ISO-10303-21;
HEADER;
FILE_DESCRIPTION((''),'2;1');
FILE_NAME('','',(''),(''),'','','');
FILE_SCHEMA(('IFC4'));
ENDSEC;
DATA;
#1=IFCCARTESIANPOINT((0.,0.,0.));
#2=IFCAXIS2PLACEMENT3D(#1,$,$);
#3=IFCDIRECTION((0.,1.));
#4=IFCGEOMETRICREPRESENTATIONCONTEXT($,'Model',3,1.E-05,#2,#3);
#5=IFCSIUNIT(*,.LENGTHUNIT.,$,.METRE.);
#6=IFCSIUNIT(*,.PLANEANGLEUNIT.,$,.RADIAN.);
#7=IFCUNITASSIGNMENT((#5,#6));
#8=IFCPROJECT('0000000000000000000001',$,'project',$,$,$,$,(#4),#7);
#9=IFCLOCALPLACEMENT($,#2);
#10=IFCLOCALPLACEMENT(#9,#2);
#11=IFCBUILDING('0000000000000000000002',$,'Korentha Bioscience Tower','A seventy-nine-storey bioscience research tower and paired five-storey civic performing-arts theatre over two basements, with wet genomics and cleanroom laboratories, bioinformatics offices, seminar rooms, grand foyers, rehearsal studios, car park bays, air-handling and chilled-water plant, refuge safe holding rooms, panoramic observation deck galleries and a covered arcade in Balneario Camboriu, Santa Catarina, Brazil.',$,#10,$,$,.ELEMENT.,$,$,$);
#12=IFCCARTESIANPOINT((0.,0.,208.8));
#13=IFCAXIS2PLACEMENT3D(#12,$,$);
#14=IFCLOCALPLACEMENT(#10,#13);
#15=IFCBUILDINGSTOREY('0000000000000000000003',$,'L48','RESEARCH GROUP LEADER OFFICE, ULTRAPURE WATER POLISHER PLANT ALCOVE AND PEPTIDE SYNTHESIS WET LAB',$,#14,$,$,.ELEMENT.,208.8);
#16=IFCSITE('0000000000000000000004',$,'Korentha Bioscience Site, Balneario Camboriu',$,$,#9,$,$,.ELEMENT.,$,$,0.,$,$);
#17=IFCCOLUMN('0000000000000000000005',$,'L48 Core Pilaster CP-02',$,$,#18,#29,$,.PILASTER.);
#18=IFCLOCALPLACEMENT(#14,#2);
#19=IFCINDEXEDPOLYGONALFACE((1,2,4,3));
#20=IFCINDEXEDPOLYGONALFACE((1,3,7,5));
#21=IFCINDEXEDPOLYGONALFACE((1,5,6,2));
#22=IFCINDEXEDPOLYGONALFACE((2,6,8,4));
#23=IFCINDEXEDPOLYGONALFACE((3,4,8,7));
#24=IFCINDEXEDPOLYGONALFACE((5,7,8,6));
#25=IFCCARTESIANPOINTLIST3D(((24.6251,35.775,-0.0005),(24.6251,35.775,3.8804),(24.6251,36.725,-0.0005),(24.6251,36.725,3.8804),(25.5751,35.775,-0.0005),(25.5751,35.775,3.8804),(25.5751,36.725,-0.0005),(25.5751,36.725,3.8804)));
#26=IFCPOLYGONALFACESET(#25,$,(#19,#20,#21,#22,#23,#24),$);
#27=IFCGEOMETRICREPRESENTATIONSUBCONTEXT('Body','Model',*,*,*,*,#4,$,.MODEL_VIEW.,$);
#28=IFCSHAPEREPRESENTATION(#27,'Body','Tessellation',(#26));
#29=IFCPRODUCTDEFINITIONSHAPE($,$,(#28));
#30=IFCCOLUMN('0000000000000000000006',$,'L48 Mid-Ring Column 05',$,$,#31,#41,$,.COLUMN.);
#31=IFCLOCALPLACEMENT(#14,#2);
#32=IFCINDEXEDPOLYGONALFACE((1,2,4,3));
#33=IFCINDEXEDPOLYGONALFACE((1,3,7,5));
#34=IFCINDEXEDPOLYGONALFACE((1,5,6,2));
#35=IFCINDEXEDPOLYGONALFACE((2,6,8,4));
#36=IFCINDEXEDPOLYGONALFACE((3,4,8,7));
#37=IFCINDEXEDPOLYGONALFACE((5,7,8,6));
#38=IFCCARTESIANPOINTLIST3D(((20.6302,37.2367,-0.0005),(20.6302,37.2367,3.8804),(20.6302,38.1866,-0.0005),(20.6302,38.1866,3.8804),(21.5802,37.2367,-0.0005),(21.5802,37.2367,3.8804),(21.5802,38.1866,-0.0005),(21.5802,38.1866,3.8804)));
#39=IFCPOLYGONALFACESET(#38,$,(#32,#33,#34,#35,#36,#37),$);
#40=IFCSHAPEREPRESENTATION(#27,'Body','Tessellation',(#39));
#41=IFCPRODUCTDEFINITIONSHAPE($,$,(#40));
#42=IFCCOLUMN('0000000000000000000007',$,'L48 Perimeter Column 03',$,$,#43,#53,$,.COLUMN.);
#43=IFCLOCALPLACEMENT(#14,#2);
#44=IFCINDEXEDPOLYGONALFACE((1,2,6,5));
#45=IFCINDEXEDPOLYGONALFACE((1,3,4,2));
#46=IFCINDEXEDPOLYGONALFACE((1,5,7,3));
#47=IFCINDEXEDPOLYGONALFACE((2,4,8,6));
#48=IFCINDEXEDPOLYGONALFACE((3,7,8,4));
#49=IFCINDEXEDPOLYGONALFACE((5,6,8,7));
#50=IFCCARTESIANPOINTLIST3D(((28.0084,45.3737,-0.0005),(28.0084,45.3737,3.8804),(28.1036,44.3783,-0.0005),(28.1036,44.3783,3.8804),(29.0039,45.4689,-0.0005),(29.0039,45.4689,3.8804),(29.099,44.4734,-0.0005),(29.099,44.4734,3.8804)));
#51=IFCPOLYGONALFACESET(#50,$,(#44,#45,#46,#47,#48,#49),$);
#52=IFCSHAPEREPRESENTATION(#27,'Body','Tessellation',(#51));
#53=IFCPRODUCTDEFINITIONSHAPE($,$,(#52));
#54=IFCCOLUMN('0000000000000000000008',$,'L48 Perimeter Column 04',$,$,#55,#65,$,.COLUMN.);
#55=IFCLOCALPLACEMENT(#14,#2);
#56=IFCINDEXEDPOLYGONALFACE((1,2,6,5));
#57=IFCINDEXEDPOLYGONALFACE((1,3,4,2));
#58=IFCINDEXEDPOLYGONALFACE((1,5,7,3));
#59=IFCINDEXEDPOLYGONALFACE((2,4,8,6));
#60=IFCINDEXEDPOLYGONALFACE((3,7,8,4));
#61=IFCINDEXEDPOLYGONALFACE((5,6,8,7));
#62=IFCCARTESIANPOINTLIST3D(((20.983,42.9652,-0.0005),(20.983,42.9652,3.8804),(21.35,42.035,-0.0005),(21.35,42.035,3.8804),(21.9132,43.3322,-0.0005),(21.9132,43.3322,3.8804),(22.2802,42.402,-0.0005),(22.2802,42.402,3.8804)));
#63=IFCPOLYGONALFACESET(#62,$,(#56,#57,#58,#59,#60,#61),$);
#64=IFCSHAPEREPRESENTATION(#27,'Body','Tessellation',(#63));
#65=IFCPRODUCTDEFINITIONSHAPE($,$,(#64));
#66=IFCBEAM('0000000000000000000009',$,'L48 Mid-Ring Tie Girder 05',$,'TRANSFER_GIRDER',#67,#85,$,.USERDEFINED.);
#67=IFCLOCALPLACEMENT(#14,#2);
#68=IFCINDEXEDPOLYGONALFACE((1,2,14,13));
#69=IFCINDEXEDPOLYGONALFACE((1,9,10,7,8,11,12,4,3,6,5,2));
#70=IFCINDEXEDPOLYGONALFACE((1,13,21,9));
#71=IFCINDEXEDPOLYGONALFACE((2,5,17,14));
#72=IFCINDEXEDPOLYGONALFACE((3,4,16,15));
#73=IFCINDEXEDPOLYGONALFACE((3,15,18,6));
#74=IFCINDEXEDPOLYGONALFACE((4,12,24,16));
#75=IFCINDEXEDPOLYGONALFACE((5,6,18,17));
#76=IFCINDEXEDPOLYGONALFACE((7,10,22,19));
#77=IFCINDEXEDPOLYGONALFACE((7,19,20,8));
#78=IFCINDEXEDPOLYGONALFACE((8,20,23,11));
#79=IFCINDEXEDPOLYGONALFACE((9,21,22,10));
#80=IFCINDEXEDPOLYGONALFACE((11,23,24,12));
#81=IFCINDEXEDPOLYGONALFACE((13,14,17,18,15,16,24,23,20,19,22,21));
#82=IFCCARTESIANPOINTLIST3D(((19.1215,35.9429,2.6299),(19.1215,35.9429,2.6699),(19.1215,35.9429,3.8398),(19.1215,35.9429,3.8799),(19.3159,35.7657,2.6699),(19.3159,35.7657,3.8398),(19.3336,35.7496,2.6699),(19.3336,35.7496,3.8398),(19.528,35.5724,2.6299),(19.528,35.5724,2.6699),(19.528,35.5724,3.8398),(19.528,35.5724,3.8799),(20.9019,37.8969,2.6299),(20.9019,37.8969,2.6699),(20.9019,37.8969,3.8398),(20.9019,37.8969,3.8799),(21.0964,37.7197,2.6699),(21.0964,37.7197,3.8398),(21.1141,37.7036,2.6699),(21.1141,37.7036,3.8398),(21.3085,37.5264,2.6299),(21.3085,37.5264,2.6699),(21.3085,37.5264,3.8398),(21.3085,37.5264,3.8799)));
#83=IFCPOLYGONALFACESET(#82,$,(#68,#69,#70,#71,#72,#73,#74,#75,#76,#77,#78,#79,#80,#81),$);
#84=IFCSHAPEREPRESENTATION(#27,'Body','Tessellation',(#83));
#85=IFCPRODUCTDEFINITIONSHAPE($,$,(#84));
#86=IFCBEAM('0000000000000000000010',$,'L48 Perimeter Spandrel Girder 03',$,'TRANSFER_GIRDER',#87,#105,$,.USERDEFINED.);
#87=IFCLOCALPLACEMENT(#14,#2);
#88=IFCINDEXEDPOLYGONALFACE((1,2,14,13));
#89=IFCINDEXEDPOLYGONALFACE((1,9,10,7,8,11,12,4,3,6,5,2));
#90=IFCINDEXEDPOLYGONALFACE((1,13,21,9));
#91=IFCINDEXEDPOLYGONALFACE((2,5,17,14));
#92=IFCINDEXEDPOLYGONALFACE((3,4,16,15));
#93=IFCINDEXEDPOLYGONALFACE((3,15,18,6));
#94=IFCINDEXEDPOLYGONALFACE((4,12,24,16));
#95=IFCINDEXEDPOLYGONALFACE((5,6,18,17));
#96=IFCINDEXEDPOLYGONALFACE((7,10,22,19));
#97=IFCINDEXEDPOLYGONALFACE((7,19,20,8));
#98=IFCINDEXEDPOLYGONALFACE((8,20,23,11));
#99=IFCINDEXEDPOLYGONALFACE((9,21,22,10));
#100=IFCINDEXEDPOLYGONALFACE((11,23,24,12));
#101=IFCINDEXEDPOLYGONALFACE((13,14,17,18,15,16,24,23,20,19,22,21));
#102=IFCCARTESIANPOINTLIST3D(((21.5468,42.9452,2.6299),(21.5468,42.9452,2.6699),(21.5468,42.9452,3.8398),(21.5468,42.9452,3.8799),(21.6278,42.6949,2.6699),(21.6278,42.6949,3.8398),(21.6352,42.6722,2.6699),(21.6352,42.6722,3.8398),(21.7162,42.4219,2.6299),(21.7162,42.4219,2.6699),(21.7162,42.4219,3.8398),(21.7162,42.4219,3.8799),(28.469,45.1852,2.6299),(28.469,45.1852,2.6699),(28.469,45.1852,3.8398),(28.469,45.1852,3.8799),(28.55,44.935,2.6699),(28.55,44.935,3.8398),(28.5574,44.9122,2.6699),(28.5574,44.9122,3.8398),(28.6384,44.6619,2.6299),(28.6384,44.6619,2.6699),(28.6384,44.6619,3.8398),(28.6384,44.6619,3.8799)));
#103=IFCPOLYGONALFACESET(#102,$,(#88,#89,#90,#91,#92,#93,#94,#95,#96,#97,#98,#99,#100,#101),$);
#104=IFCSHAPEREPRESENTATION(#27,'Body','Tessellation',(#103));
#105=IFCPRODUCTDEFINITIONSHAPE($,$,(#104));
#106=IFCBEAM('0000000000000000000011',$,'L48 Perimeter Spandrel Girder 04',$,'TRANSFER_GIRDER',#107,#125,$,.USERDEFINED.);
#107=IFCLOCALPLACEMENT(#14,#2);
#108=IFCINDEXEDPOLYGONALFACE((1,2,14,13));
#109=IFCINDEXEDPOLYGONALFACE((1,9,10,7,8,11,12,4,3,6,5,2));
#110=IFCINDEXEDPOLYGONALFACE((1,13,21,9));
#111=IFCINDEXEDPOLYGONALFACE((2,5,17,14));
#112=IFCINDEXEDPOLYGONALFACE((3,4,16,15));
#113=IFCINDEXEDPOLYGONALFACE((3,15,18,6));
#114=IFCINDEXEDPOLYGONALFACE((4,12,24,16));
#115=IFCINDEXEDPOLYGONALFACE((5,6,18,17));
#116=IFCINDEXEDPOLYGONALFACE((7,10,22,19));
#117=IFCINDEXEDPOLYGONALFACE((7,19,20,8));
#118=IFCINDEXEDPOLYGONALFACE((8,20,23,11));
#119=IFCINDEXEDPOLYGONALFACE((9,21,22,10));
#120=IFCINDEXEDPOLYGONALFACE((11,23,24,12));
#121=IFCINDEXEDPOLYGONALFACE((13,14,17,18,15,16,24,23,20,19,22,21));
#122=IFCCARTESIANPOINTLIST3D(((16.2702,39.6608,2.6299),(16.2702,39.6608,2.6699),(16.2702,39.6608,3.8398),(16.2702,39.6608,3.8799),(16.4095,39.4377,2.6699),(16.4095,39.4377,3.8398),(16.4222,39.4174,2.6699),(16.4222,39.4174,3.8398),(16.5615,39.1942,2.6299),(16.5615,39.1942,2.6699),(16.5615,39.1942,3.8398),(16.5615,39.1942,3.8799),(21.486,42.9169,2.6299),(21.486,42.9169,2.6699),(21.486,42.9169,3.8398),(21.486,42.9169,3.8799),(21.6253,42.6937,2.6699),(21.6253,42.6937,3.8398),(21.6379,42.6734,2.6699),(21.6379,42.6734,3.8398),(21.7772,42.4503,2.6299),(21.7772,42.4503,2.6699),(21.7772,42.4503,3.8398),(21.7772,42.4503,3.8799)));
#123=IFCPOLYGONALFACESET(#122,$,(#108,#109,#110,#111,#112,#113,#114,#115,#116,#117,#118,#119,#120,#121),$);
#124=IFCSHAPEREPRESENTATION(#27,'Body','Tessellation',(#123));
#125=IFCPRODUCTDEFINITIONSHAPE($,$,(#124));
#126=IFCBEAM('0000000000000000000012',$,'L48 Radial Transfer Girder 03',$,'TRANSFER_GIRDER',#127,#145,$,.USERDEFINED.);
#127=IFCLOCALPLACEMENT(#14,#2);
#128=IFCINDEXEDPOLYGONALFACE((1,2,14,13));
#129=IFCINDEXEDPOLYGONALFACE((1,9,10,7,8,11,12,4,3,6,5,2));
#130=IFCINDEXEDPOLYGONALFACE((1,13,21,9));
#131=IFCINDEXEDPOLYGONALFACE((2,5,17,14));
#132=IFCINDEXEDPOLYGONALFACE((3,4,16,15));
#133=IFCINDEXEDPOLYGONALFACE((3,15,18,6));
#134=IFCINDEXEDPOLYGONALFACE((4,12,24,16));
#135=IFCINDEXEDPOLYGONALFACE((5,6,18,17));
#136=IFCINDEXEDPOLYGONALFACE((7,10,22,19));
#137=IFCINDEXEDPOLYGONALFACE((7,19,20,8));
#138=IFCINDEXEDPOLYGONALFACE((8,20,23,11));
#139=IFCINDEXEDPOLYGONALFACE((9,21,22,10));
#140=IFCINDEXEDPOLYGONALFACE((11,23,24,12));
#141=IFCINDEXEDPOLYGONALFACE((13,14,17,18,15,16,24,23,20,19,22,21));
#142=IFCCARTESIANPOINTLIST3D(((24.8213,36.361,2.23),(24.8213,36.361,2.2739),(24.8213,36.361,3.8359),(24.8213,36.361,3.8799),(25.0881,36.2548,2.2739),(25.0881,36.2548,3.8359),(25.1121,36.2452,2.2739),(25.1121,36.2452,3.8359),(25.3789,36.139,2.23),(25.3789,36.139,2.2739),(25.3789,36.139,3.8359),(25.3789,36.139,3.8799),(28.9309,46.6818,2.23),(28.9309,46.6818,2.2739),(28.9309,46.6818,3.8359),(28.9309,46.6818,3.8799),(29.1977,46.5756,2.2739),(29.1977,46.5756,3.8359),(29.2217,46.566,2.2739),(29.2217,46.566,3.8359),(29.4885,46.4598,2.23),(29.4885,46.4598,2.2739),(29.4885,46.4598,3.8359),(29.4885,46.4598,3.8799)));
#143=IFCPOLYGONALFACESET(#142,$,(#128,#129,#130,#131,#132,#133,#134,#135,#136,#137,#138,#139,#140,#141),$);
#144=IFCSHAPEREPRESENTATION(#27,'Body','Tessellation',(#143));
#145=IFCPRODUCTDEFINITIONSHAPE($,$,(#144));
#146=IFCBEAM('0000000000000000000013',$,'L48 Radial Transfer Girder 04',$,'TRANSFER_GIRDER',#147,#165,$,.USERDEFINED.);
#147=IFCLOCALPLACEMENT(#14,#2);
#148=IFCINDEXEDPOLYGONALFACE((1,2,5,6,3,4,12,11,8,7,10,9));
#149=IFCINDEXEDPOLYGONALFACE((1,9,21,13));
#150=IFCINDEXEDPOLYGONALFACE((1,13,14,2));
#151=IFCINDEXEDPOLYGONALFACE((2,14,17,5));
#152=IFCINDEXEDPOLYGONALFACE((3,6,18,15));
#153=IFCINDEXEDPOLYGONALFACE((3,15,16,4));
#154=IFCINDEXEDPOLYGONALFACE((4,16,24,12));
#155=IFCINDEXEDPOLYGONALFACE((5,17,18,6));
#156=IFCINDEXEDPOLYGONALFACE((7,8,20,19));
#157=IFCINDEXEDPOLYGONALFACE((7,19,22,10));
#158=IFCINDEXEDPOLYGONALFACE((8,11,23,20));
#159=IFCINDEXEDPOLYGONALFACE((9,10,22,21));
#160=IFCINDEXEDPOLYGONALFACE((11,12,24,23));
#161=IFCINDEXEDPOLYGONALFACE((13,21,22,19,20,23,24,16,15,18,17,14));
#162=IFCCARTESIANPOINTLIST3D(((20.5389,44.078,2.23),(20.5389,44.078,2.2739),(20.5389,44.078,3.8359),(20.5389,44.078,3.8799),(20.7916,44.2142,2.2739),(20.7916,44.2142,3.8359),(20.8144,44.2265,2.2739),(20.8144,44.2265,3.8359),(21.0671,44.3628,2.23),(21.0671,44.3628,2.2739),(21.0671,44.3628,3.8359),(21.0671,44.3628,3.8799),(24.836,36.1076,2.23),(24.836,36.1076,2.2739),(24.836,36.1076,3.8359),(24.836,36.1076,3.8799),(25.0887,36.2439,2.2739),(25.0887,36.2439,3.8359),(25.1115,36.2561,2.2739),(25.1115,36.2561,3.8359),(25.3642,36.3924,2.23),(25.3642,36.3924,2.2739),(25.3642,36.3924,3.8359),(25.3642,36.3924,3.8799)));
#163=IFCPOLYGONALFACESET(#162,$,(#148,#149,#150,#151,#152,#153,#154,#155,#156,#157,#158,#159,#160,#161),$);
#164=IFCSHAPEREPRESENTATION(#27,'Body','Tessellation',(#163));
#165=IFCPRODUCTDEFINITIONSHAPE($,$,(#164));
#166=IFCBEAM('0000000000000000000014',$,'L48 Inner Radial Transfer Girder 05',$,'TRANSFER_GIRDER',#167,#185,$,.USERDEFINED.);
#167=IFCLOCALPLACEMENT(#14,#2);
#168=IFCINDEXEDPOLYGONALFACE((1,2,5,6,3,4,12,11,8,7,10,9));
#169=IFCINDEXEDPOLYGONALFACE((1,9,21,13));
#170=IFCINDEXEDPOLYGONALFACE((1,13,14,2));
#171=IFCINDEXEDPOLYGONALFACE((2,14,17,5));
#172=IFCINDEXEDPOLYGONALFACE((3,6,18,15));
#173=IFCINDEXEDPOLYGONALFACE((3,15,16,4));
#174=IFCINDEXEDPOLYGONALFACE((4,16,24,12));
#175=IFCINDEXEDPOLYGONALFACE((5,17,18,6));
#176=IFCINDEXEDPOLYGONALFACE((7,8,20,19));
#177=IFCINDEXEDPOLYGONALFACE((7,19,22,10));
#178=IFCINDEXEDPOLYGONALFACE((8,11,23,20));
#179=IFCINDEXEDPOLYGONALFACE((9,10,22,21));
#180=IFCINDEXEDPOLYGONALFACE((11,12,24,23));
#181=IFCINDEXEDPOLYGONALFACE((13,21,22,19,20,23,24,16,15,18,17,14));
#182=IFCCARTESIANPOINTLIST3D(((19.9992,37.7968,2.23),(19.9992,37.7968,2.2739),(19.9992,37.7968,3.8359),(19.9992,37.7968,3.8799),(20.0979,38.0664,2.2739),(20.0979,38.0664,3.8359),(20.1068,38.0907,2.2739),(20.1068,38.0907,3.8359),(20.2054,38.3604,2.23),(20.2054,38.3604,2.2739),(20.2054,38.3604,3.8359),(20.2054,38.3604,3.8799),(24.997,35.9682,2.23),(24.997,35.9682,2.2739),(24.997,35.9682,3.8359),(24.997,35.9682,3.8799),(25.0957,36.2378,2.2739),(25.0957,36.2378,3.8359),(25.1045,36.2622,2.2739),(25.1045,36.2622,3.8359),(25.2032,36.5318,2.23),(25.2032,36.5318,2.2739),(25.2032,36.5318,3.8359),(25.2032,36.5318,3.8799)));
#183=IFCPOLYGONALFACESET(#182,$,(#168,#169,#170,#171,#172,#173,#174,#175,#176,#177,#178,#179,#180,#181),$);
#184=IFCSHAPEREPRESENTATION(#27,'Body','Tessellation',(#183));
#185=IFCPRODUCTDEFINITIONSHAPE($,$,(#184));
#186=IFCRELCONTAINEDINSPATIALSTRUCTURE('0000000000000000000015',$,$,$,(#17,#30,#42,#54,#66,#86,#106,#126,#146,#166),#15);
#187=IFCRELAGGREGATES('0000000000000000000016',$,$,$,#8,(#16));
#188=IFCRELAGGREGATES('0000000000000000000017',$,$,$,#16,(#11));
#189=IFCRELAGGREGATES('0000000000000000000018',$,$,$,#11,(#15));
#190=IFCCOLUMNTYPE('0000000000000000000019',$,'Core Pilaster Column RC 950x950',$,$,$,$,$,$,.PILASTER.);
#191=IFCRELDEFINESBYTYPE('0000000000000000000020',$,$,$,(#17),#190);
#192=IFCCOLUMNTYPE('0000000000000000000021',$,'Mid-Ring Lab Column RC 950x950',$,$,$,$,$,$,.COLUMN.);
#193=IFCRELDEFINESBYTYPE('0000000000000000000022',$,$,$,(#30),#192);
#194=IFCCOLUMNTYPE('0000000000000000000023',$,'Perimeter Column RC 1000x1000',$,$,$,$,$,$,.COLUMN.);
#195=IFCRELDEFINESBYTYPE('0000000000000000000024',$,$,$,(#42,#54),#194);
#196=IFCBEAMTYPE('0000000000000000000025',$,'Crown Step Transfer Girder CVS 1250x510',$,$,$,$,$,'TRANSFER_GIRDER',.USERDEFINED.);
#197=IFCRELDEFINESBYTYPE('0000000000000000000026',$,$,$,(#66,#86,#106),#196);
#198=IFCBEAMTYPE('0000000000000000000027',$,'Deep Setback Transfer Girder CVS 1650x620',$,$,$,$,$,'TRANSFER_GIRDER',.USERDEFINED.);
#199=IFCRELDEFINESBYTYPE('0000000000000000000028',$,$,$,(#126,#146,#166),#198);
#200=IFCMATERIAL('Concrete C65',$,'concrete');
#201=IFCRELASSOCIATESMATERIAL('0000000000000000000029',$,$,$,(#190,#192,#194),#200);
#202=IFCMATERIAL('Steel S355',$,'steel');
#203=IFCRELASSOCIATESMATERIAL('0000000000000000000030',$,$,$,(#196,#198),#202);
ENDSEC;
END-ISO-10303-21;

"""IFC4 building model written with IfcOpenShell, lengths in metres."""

from ifc_helpers import new_model, si_unit, direction, frame, origin, origin_2d, place, context, subcontext, project, spatial, rectangle, i_section, extrude, material, material_profile, profile_set, type_object, element, save


model = new_model("IFC4")

# Units and contexts
model_context = context("Model", 3, precision=1e-05, world=origin(), true_north=direction((0.0, 1.0)))
body_context = subcontext(model_context, "Body", "Model", "MODEL_VIEW")
ifc_project = project(units=[si_unit("LENGTHUNIT", "METRE"), si_unit("PLANEANGLEUNIT", "RADIAN")], contexts=[model_context])

# Site, building, storey
site_placement = place(None, origin())
site = spatial("IfcSite", under=ifc_project, at=site_placement, Name="Korentha Bioscience Site, Balneario Camboriu", CompositionType="ELEMENT", RefElevation=0.0)
building_placement = place(site_placement, origin())
building = spatial("IfcBuilding", under=site, at=building_placement, Name="Korentha Bioscience Tower", Description="A seventy-nine-storey bioscience research tower and paired five-storey civic performing-arts theatre over two basements, with wet genomics and cleanroom laboratories, bioinformatics offices, seminar rooms, grand foyers, rehearsal studios, car park bays, air-handling and chilled-water plant, refuge safe holding rooms, panoramic observation deck galleries and a covered arcade in Balneario Camboriu, Santa Catarina, Brazil.", CompositionType="ELEMENT")
storey_placement = place(building_placement, frame((0.0, 0.0, 208.8)))
storey = spatial("IfcBuildingStorey", under=building, at=storey_placement, Name="L48", Description="RESEARCH GROUP LEADER OFFICE, ULTRAPURE WATER POLISHER PLANT ALCOVE AND PEPTIDE SYNTHESIS WET LAB", CompositionType="ELEMENT", Elevation=208.8)

# Columns
ifc_material_1 = material(Name="Concrete C65", Category="concrete")
ifc_material_profile_1 = material_profile(ifc_material_1, rectangle(XDim=0.95, YDim=0.95, at=origin_2d()), Name="Concrete C65")
ifc_profile_set_1 = profile_set([ifc_material_profile_1], Name="Concrete C65 (COL-CP09)")
column_type_1 = type_object("IfcColumnType", Name="Core Pilaster Column RC 950x950", PredefinedType="PILASTER", material=ifc_profile_set_1)
column_1_placement = place(storey_placement, frame((25.1001, 36.25, -0.0005), z_axis=(0.0, 0.0, 1.0), x_axis=(1.0, 0.0, 0.0)))
element("IfcColumn", 1, at=column_1_placement, inside=storey, type_object=column_type_1, Name="L48 Core Pilaster CP-02", PredefinedType="PILASTER", context=body_context, shape_type="SweptSolid", body=[
    extrude(rectangle(XDim=0.95, YDim=0.95, at=origin_2d()), origin(), (0.0, 0.0, 1.0), 3.8809),
])
ifc_material_profile_2 = material_profile(ifc_material_1, rectangle(XDim=0.95, YDim=0.95, at=origin_2d()), Name="Concrete C65")
ifc_profile_set_2 = profile_set([ifc_material_profile_2], Name="Concrete C65 (COL-MR09)")
column_type_2 = type_object("IfcColumnType", Name="Mid-Ring Lab Column RC 950x950", PredefinedType="COLUMN", material=ifc_profile_set_2)
column_2_placement = place(storey_placement, frame((21.1052, 37.7117, -0.0005), z_axis=(0.0, 0.0, 1.0), x_axis=(1.0, 0.0, 0.0)))
element("IfcColumn", 2, at=column_2_placement, inside=storey, type_object=column_type_2, Name="L48 Mid-Ring Column 05", PredefinedType="COLUMN", context=body_context, shape_type="SweptSolid", body=[
    extrude(rectangle(XDim=0.95, YDim=0.95, at=origin_2d()), origin(), (0.0, 0.0, 1.0), 3.8809),
])
ifc_material_profile_3 = material_profile(ifc_material_1, rectangle(XDim=1.0, YDim=1.0, at=origin_2d()), Name="Concrete C65")
ifc_profile_set_3 = profile_set([ifc_material_profile_3], Name="Concrete C65 (COL-P10)")
column_type_3 = type_object("IfcColumnType", Name="Perimeter Column RC 1000x1000", PredefinedType="COLUMN", material=ifc_profile_set_3)
for number, where, z_axis, x_axis, name in (
    (3, (28.5537, 44.9236, -0.0005), (0.0, 0.0, 1.0), (0.995463, 0.095151, 0.0), "L48 Perimeter Column 03"),
    (4, (21.6316, 42.6836, -0.0005), (0.0, 0.0, 1.0), (0.930226, 0.366988, 0.0), "L48 Perimeter Column 04"),
):
    element("IfcColumn", number, at=place(storey_placement, frame(where, z_axis=z_axis, x_axis=x_axis)), inside=storey, type_object=column_type_3, Name=name, PredefinedType="COLUMN", context=body_context, shape_type="SweptSolid", body=[
        extrude(rectangle(XDim=1.0, YDim=1.0, at=origin_2d()), origin(), (0.0, 0.0, 1.0), 3.8809),
    ])

# Beams
ifc_material_2 = material(Name="Steel S355", Category="steel")
ifc_material_profile_4 = material_profile(ifc_material_2, i_section(OverallWidth=0.55, OverallDepth=1.25, WebThickness=0.0239, FlangeThickness=0.04, at=origin_2d()), Name="Steel S355")
ifc_profile_set_4 = profile_set([ifc_material_profile_4], Name="Steel S355 (TG-03)")
beam_type_1 = type_object("IfcBeamType", Name="Crown Step Transfer Girder CVS 1250x510", ElementType="TRANSFER_GIRDER", PredefinedType="USERDEFINED", material=ifc_profile_set_4)
beam_1_placement = place(storey_placement, frame((21.1052, 37.7117, 3.2549), z_axis=(-0.673514, -0.739175, 0.0), x_axis=(0.739175, -0.673514, 0.0)))
element("IfcBeam", 5, at=beam_1_placement, inside=storey, type_object=beam_type_1, Name="L48 Mid-Ring Tie Girder 05", ObjectType="TRANSFER_GIRDER", PredefinedType="USERDEFINED", context=body_context, shape_type="SweptSolid", body=[
    extrude(i_section(OverallWidth=0.55, OverallDepth=1.25, WebThickness=0.0239, FlangeThickness=0.04, at=origin_2d()), origin(), (0.0, 0.0, 1.0), 2.6436),
])
beam_2_placement = place(storey_placement, frame((28.5537, 44.9236, 3.2549), z_axis=(-0.951425, -0.30788, 0.0), x_axis=(0.30788, -0.951425, 0.0)))
element("IfcBeam", 6, at=beam_2_placement, inside=storey, type_object=beam_type_1, Name="L48 Perimeter Spandrel Girder 03", ObjectType="TRANSFER_GIRDER", PredefinedType="USERDEFINED", context=body_context, shape_type="SweptSolid", body=[
    extrude(i_section(OverallWidth=0.55, OverallDepth=1.25, WebThickness=0.0239, FlangeThickness=0.04, at=origin_2d()), origin(), (0.0, 0.0, 1.0), 7.2756),
])
beam_3_placement = place(storey_placement, frame((21.6316, 42.6836, 3.2549), z_axis=(-0.848275, -0.529556, 0.0), x_axis=(0.529556, -0.848275, 0.0)))
element("IfcBeam", 7, at=beam_3_placement, inside=storey, type_object=beam_type_1, Name="L48 Perimeter Spandrel Girder 04", ObjectType="TRANSFER_GIRDER", PredefinedType="USERDEFINED", context=body_context, shape_type="SweptSolid", body=[
    extrude(i_section(OverallWidth=0.55, OverallDepth=1.25, WebThickness=0.0239, FlangeThickness=0.04, at=origin_2d()), origin(), (0.0, 0.0, 1.0), 6.1487),
])
ifc_material_profile_5 = material_profile(ifc_material_2, i_section(OverallWidth=0.6001, OverallDepth=1.6499, WebThickness=0.0259, FlangeThickness=0.0439, at=origin_2d()), Name="Steel S355")
ifc_profile_set_5 = profile_set([ifc_material_profile_5], Name="Steel S355 (TG-04)")
beam_type_2 = type_object("IfcBeamType", Name="Deep Setback Transfer Girder CVS 1650x620", ElementType="TRANSFER_GIRDER", PredefinedType="USERDEFINED", material=ifc_profile_set_5)
beam_4_placement = place(storey_placement, frame((25.1001, 36.25, 3.0549), z_axis=(0.369939, 0.929056, 0.0), x_axis=(-0.929056, 0.369939, 0.0)))
element("IfcBeam", 8, at=beam_4_placement, inside=storey, type_object=beam_type_2, Name="L48 Radial Transfer Girder 03", ObjectType="TRANSFER_GIRDER", PredefinedType="USERDEFINED", context=body_context, shape_type="SweptSolid", body=[
    extrude(i_section(OverallWidth=0.6001, OverallDepth=1.6499, WebThickness=0.0259, FlangeThickness=0.0439, at=origin_2d()), origin(), (0.0, 0.0, 1.0), 11.1089),
])
beam_5_placement = place(storey_placement, frame((25.1001, 36.25, 3.0549), z_axis=(-0.474556, 0.880225, 0.0), x_axis=(-0.880225, -0.474556, 0.0)))
element("IfcBeam", 9, at=beam_5_placement, inside=storey, type_object=beam_type_2, Name="L48 Radial Transfer Girder 04", ObjectType="TRANSFER_GIRDER", PredefinedType="USERDEFINED", context=body_context, shape_type="SweptSolid", body=[
    extrude(i_section(OverallWidth=0.6001, OverallDepth=1.6499, WebThickness=0.0259, FlangeThickness=0.0439, at=origin_2d()), origin(), (0.0, 0.0, 1.0), 9.0549),
])
beam_6_placement = place(storey_placement, frame((25.1001, 36.25, 3.0549), z_axis=(-0.939114, 0.343606, 0.0), x_axis=(-0.343606, -0.939114, 0.0)))
element("IfcBeam", 10, at=beam_6_placement, inside=storey, type_object=beam_type_2, Name="L48 Inner Radial Transfer Girder 05", ObjectType="TRANSFER_GIRDER", PredefinedType="USERDEFINED", context=body_context, shape_type="SweptSolid", body=[
    extrude(i_section(OverallWidth=0.6001, OverallDepth=1.6499, WebThickness=0.0259, FlangeThickness=0.0439, at=origin_2d()), origin(), (0.0, 0.0, 1.0), 5.3218),
])

save(model, "model.ifc")
